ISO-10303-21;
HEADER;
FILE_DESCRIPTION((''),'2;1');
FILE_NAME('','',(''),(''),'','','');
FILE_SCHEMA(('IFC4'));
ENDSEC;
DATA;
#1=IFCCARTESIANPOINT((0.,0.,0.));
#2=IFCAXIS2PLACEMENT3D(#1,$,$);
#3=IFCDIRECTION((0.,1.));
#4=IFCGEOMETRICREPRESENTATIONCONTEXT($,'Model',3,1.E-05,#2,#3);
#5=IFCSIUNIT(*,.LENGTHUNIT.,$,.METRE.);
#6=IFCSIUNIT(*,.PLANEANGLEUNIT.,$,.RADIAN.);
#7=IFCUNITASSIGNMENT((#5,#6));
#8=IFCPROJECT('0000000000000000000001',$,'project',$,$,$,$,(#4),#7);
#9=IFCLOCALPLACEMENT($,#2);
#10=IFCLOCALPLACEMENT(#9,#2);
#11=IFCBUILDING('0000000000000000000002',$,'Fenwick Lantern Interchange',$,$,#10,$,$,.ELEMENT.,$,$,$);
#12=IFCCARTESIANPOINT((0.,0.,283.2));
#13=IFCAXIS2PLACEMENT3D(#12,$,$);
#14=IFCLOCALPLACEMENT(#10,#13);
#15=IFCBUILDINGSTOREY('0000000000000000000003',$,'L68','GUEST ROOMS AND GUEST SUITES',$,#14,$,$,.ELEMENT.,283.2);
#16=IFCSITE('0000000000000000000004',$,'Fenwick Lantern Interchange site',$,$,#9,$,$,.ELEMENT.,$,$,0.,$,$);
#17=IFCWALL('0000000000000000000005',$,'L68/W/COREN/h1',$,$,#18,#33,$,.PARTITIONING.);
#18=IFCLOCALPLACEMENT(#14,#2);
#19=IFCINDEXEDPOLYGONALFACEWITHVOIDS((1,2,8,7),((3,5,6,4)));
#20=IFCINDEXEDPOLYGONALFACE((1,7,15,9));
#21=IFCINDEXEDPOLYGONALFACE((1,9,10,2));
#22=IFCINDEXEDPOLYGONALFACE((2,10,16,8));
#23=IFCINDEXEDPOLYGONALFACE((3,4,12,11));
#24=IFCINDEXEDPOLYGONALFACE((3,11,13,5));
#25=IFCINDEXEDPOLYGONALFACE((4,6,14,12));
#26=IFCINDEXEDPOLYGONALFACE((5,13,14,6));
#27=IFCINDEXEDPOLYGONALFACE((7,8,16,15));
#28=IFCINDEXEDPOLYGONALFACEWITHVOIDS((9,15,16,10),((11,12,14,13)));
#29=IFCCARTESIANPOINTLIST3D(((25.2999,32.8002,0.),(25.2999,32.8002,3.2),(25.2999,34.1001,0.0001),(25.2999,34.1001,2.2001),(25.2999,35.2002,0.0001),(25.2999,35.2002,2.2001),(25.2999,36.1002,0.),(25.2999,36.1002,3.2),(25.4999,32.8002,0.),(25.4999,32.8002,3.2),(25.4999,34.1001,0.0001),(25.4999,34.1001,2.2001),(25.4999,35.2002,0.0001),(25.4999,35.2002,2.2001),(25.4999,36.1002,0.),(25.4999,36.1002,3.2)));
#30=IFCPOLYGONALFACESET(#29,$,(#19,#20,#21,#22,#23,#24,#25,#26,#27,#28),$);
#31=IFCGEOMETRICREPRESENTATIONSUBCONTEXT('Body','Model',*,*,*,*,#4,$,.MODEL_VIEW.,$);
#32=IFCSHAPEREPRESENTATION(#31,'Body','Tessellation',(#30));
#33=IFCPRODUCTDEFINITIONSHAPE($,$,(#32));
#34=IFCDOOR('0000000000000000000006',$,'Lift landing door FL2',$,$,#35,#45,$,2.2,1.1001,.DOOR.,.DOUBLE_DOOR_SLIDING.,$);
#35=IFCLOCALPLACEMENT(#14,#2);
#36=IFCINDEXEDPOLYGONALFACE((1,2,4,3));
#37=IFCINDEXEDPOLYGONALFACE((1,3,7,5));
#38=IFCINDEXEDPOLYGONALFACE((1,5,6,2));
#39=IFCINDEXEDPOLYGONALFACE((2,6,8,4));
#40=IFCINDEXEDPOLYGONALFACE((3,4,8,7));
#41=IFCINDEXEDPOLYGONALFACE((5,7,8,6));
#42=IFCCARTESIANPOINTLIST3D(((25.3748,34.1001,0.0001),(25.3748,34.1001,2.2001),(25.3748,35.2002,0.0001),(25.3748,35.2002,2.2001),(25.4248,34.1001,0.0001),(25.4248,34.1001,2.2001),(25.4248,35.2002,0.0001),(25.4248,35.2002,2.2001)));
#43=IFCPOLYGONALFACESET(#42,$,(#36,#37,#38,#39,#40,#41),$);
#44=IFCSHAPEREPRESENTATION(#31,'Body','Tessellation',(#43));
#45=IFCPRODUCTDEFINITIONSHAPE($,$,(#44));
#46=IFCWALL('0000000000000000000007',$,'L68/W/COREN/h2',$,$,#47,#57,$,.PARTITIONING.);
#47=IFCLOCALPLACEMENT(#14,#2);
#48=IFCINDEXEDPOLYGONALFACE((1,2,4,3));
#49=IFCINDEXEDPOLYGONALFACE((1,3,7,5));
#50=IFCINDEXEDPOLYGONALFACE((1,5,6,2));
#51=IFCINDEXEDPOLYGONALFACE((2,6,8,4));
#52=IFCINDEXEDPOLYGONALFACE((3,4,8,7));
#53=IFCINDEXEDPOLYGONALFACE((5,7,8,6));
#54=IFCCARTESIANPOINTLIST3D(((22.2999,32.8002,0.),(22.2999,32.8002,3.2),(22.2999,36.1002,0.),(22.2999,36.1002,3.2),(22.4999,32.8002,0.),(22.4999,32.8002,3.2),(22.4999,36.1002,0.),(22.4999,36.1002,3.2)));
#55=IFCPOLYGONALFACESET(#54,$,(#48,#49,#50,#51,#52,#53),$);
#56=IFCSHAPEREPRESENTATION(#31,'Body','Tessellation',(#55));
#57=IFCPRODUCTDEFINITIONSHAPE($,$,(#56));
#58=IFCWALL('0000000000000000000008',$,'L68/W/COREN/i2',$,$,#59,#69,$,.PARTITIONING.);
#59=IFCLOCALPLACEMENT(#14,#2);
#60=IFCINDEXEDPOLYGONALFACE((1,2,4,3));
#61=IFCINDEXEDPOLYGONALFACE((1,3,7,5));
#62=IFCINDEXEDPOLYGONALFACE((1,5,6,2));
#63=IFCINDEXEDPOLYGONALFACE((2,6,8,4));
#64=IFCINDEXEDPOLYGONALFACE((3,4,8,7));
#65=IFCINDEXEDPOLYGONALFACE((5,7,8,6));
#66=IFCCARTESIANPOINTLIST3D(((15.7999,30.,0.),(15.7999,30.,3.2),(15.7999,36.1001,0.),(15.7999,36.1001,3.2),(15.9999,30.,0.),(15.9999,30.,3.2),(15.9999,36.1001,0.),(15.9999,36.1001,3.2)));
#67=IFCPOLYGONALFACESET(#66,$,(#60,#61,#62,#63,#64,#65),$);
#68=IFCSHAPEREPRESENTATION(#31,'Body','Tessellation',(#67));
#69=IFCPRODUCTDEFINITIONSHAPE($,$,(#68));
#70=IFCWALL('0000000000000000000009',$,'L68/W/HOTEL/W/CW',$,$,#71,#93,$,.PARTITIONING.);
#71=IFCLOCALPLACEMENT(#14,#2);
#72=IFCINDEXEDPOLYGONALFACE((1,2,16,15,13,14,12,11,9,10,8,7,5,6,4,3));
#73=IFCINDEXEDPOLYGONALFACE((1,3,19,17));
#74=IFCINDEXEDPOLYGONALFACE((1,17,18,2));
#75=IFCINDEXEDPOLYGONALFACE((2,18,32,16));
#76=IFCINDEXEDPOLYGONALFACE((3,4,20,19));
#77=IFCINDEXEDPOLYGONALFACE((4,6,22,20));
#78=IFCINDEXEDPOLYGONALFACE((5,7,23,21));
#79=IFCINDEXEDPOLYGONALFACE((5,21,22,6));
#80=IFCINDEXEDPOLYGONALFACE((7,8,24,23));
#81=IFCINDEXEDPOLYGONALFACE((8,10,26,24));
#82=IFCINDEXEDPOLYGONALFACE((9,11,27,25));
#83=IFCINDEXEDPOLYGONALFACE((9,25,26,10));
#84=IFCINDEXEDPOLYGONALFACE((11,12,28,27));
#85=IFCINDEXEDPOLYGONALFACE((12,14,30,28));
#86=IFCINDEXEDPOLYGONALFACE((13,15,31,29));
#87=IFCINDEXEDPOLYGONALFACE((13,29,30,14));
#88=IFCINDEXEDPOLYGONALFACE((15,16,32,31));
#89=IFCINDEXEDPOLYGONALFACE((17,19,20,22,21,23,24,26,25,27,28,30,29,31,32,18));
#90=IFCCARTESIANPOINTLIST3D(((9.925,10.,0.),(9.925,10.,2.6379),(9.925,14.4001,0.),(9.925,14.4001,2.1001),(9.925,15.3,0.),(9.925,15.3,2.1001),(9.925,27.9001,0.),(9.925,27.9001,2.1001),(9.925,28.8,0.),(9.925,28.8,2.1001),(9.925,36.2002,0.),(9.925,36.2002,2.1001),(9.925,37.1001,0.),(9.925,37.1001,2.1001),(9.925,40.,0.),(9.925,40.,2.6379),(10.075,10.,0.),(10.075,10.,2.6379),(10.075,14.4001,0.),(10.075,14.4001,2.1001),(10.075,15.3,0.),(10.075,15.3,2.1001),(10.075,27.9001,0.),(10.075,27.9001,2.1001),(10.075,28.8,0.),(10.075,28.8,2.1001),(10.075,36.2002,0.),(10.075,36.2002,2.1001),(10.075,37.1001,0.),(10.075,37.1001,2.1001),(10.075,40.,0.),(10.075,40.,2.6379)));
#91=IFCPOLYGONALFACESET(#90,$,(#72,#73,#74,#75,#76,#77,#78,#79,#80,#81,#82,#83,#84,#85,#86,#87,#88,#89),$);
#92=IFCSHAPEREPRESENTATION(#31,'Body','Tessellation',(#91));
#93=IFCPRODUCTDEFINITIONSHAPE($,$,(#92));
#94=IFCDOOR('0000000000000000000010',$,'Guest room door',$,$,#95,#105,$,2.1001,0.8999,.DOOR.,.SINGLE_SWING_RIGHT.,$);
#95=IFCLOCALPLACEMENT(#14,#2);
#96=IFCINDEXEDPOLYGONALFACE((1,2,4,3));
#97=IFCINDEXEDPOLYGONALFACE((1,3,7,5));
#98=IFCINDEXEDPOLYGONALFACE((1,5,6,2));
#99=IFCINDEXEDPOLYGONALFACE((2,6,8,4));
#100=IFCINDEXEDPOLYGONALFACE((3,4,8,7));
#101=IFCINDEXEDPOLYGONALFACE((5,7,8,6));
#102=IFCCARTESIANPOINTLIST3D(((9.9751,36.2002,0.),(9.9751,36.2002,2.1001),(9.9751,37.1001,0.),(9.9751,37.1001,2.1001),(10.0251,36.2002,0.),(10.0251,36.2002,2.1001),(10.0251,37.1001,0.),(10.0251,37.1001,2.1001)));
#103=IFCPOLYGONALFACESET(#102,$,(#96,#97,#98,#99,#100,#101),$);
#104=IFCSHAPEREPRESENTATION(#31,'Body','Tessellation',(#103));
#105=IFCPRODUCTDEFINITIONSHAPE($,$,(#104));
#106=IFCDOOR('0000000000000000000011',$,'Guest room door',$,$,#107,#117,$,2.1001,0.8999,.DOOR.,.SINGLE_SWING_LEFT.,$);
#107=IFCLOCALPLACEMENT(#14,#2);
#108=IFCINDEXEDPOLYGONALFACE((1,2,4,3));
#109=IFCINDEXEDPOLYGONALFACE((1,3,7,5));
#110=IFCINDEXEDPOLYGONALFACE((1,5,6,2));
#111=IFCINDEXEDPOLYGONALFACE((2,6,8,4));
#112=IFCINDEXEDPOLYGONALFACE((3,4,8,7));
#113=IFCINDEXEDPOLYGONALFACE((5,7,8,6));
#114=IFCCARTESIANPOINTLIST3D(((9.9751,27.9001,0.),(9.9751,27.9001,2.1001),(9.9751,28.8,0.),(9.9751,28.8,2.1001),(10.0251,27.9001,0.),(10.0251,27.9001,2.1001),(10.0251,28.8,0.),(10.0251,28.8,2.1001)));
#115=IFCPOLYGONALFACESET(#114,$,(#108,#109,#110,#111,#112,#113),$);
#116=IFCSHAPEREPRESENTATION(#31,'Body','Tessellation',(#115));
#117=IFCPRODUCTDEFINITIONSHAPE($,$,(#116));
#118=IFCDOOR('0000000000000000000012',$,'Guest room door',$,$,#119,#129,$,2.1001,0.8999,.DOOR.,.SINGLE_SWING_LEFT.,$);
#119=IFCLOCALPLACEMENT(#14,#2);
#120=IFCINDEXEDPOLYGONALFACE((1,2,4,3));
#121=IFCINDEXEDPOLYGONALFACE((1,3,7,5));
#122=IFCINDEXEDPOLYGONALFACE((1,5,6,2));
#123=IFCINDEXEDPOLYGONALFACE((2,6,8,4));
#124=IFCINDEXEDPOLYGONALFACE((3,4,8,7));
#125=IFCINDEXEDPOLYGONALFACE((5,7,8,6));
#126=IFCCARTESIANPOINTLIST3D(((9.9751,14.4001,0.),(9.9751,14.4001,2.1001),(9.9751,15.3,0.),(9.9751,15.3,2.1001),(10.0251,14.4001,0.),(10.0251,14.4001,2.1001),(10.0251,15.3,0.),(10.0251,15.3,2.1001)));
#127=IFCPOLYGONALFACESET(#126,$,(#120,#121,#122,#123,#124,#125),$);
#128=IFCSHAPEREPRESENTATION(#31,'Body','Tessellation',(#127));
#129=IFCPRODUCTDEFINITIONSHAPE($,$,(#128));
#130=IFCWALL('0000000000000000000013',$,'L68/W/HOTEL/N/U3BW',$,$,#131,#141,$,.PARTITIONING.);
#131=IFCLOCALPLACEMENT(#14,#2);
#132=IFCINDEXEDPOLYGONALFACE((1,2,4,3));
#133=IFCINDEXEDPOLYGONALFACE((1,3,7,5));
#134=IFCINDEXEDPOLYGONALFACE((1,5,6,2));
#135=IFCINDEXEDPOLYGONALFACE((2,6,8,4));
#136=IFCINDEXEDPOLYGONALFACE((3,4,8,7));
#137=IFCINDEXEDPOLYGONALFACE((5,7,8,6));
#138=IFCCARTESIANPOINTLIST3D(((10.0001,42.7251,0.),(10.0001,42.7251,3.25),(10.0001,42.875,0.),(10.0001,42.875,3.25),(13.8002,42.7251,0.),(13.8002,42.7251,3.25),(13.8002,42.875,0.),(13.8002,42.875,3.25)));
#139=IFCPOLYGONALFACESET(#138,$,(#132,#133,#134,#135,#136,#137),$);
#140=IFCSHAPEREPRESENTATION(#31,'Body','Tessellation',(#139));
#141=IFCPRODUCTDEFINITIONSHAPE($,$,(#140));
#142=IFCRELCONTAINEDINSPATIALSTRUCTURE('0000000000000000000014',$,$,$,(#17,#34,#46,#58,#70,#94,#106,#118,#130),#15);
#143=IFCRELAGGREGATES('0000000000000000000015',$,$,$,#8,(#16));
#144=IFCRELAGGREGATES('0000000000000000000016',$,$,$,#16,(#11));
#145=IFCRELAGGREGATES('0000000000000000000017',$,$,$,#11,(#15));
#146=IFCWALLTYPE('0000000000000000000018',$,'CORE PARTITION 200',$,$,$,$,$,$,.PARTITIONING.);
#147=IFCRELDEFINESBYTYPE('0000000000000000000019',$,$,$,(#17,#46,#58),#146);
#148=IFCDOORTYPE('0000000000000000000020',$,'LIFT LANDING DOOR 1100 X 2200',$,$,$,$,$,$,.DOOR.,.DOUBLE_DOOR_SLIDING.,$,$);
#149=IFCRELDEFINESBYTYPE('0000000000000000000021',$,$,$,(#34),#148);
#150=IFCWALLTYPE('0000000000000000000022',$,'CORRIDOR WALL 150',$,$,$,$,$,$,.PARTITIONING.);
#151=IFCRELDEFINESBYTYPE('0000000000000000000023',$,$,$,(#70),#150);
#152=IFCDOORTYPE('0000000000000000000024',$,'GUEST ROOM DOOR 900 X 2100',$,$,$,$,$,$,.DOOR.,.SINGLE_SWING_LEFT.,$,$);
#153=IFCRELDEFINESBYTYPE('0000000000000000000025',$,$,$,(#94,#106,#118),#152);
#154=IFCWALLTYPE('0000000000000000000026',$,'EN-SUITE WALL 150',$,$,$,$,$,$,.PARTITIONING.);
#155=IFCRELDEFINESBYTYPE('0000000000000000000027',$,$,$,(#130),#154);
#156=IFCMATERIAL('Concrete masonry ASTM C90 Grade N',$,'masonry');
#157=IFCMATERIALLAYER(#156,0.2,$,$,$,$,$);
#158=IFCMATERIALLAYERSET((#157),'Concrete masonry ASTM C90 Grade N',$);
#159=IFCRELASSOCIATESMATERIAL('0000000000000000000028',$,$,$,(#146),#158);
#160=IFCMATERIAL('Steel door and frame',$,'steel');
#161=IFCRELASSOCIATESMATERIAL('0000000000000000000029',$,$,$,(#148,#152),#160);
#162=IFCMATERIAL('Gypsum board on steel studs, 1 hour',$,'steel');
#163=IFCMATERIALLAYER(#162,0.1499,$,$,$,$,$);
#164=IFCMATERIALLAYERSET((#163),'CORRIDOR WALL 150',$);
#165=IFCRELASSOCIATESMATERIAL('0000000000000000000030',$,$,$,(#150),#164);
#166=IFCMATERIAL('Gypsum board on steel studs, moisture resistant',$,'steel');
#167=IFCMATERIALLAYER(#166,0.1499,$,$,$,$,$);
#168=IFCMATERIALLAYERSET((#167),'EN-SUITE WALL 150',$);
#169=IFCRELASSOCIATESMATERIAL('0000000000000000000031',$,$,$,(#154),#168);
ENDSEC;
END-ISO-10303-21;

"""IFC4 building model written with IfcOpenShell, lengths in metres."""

from ifc_helpers import new_model, si_unit, direction, frame, frame_2d, origin, place, context, subcontext, project, spatial, rectangle, extrude, material, layer, layer_set, type_object, element, fill, save


model = new_model("IFC4")

# Units and contexts
model_context = context("Model", 3, precision=1e-05, world=origin(), true_north=direction((0.0, 1.0)))
body_context = subcontext(model_context, "Body", "Model", "MODEL_VIEW")
ifc_project = project(units=[si_unit("LENGTHUNIT", "METRE"), si_unit("PLANEANGLEUNIT", "RADIAN")], contexts=[model_context])

# Site, building, storey
site_placement = place(None, origin())
site = spatial("IfcSite", under=ifc_project, at=site_placement, Name="Fenwick Lantern Interchange site", CompositionType="ELEMENT", RefElevation=0.0)
building_placement = place(site_placement, origin())
building = spatial("IfcBuilding", under=site, at=building_placement, Name="Fenwick Lantern Interchange", CompositionType="ELEMENT")
storey_placement = place(building_placement, frame((0.0, 0.0, 283.2)))
storey = spatial("IfcBuildingStorey", under=building, at=storey_placement, Name="L68", Description="GUEST ROOMS AND GUEST SUITES", CompositionType="ELEMENT", Elevation=283.2)

# Wall, opening, door
ifc_material_1 = material(Name="Concrete masonry ASTM C90 Grade N", Category="masonry")
ifc_layer_1 = layer(ifc_material_1, 0.2)
ifc_layer_set_1 = layer_set([ifc_layer_1], Name="Concrete masonry ASTM C90 Grade N")
wall_type_1 = type_object("IfcWallType", Name="CORE PARTITION 200", PredefinedType="PARTITIONING", material=ifc_layer_set_1)
wall_1_placement = place(storey_placement, frame((25.3999, 36.1001, 0.0), z_axis=(0.0, 0.0, 1.0), x_axis=(0.0, -1.0, 0.0)))
wall_1 = element("IfcWall", 1, at=wall_1_placement, inside=storey, type_object=wall_type_1, Name="L68/W/COREN/h1", PredefinedType="PARTITIONING", context=body_context, shape_type="SweptSolid", body=[
    extrude(rectangle(XDim=3.3, YDim=0.2, at=frame_2d((1.6499, 0.0))), origin(), (0.0, 0.0, 1.0), 3.2),
])
opening_1_placement = place(wall_1_placement, frame((0.8999, 0.0, 0.0)))
opening_1 = element("IfcOpeningElement", 2, at=opening_1_placement, cuts=wall_1, PredefinedType="OPENING", context=body_context, shape_type="SweptSolid", body=[
    extrude(rectangle(XDim=1.1001, YDim=2.2, at=frame_2d((0.55, 1.1001))), frame((0.0, 0.1099, 0.0), z_axis=(0.0, -1.0, 0.0), x_axis=(1.0, 0.0, 0.0)), (0.0, 0.0, 1.0), 0.22),
])
ifc_material_2 = material(Name="Steel door and frame", Category="steel")
door_type_1 = type_object("IfcDoorType", Name="LIFT LANDING DOOR 1100 X 2200", OperationType="DOUBLE_DOOR_SLIDING", PredefinedType="DOOR", material=ifc_material_2)
door_1_placement = place(opening_1_placement, origin())
door_1 = element("IfcDoor", 3, at=door_1_placement, inside=storey, type_object=door_type_1, Name="Lift landing door FL2", OperationType="DOUBLE_DOOR_SLIDING", OverallHeight=2.2, OverallWidth=1.1001, PredefinedType="DOOR", context=body_context, shape_type="SweptSolid", body=[
    extrude(rectangle(XDim=1.1001, YDim=2.2, at=frame_2d((0.55, 1.1001))), frame((0.0, 0.0249, 0.0), z_axis=(0.0, -1.0, 0.0), x_axis=(1.0, 0.0, 0.0)), (0.0, 0.0, 1.0), 0.05),
])
fill(opening_1, door_1)

# Walls
wall_2_placement = place(storey_placement, frame((22.3999, 36.1001, 0.0), z_axis=(0.0, 0.0, 1.0), x_axis=(0.0, -1.0, 0.0)))
element("IfcWall", 4, at=wall_2_placement, inside=storey, type_object=wall_type_1, Name="L68/W/COREN/h2", PredefinedType="PARTITIONING", context=body_context, shape_type="SweptSolid", body=[
    extrude(rectangle(XDim=3.3, YDim=0.2, at=frame_2d((1.6499, 0.0))), origin(), (0.0, 0.0, 1.0), 3.2),
])
wall_3_placement = place(storey_placement, frame((15.8999, 36.1001, 0.0), z_axis=(0.0, 0.0, 1.0), x_axis=(0.0, -1.0, 0.0)))
element("IfcWall", 5, at=wall_3_placement, inside=storey, type_object=wall_type_1, Name="L68/W/COREN/i2", PredefinedType="PARTITIONING", context=body_context, shape_type="SweptSolid", body=[
    extrude(rectangle(XDim=6.1001, YDim=0.2, at=frame_2d((3.05, 0.0))), origin(), (0.0, 0.0, 1.0), 3.2),
])

# Wall, openings, doors
ifc_material_3 = material(Name="Gypsum board on steel studs, 1 hour", Category="steel")
ifc_layer_2 = layer(ifc_material_3, 0.1499)
ifc_layer_set_2 = layer_set([ifc_layer_2], Name="CORRIDOR WALL 150")
wall_type_2 = type_object("IfcWallType", Name="CORRIDOR WALL 150", PredefinedType="PARTITIONING", material=ifc_layer_set_2)
wall_4_placement = place(storey_placement, frame((10.0, 40.0, 0.0), z_axis=(0.0, 0.0, 1.0), x_axis=(0.0, -1.0, 0.0)))
wall_4 = element("IfcWall", 6, at=wall_4_placement, inside=storey, type_object=wall_type_2, Name="L68/W/HOTEL/W/CW", PredefinedType="PARTITIONING", context=body_context, shape_type="SweptSolid", body=[
    extrude(rectangle(XDim=30.0, YDim=0.1499, at=frame_2d((15.0, 0.0))), origin(), (0.0, 0.0, 1.0), 2.6379),
])
opening_2_placement = place(wall_4_placement, frame((2.8999, 0.0, 0.0)))
opening_2 = element("IfcOpeningElement", 7, at=opening_2_placement, cuts=wall_4, PredefinedType="OPENING", context=body_context, shape_type="SweptSolid", body=[
    extrude(rectangle(XDim=0.8999, YDim=2.1001, at=frame_2d((0.45, 1.05))), frame((0.0, 0.085, 0.0), z_axis=(0.0, -1.0, 0.0), x_axis=(1.0, 0.0, 0.0)), (0.0, 0.0, 1.0), 0.1699),
])
opening_3_placement = place(wall_4_placement, frame((11.2, 0.0, 0.0)))
opening_3 = element("IfcOpeningElement", 8, at=opening_3_placement, cuts=wall_4, PredefinedType="OPENING", context=body_context, shape_type="SweptSolid", body=[
    extrude(rectangle(XDim=0.8999, YDim=2.1001, at=frame_2d((0.45, 1.05))), frame((0.0, 0.085, 0.0), z_axis=(0.0, -1.0, 0.0), x_axis=(1.0, 0.0, 0.0)), (0.0, 0.0, 1.0), 0.1699),
])
opening_4_placement = place(wall_4_placement, frame((24.7, 0.0, 0.0)))
opening_4 = element("IfcOpeningElement", 9, at=opening_4_placement, cuts=wall_4, PredefinedType="OPENING", context=body_context, shape_type="SweptSolid", body=[
    extrude(rectangle(XDim=0.8999, YDim=2.1001, at=frame_2d((0.45, 1.05))), frame((0.0, 0.085, 0.0), z_axis=(0.0, -1.0, 0.0), x_axis=(1.0, 0.0, 0.0)), (0.0, 0.0, 1.0), 0.1699),
])
door_type_2 = type_object("IfcDoorType", Name="GUEST ROOM DOOR 900 X 2100", OperationType="SINGLE_SWING_LEFT", PredefinedType="DOOR", material=ifc_material_2)
door_2_placement = place(opening_2_placement, frame((0.8999, 0.0, 0.0), z_axis=(0.0, 0.0, 1.0), x_axis=(-1.0, 0.0, 0.0)))
door_2 = element("IfcDoor", 10, at=door_2_placement, inside=storey, type_object=door_type_2, Name="Guest room door", OperationType="SINGLE_SWING_RIGHT", OverallHeight=2.1001, OverallWidth=0.8999, PredefinedType="DOOR", context=body_context, shape_type="SweptSolid", body=[
    extrude(rectangle(XDim=0.8999, YDim=2.1001, at=frame_2d((0.45, 1.05))), frame((0.0, 0.0249, 0.0), z_axis=(0.0, -1.0, 0.0), x_axis=(1.0, 0.0, 0.0)), (0.0, 0.0, 1.0), 0.05),
])
fill(opening_2, door_2)
door_3_placement = place(opening_3_placement, frame((0.8999, 0.0, 0.0), z_axis=(0.0, 0.0, 1.0), x_axis=(-1.0, 0.0, 0.0)))
door_3 = element("IfcDoor", 11, at=door_3_placement, inside=storey, type_object=door_type_2, Name="Guest room door", OperationType="SINGLE_SWING_LEFT", OverallHeight=2.1001, OverallWidth=0.8999, PredefinedType="DOOR", context=body_context, shape_type="SweptSolid", body=[
    extrude(rectangle(XDim=0.8999, YDim=2.1001, at=frame_2d((0.45, 1.05))), frame((0.0, 0.0249, 0.0), z_axis=(0.0, -1.0, 0.0), x_axis=(1.0, 0.0, 0.0)), (0.0, 0.0, 1.0), 0.05),
])
fill(opening_3, door_3)
door_4_placement = place(opening_4_placement, frame((0.8999, 0.0, 0.0), z_axis=(0.0, 0.0, 1.0), x_axis=(-1.0, 0.0, 0.0)))
door_4 = element("IfcDoor", 12, at=door_4_placement, inside=storey, type_object=door_type_2, Name="Guest room door", OperationType="SINGLE_SWING_LEFT", OverallHeight=2.1001, OverallWidth=0.8999, PredefinedType="DOOR", context=body_context, shape_type="SweptSolid", body=[
    extrude(rectangle(XDim=0.8999, YDim=2.1001, at=frame_2d((0.45, 1.05))), frame((0.0, 0.0249, 0.0), z_axis=(0.0, -1.0, 0.0), x_axis=(1.0, 0.0, 0.0)), (0.0, 0.0, 1.0), 0.05),
])
fill(opening_4, door_4)

# Wall
ifc_material_4 = material(Name="Gypsum board on steel studs, moisture resistant", Category="steel")
ifc_layer_3 = layer(ifc_material_4, 0.1499)
ifc_layer_set_3 = layer_set([ifc_layer_3], Name="EN-SUITE WALL 150")
wall_type_3 = type_object("IfcWallType", Name="EN-SUITE WALL 150", PredefinedType="PARTITIONING", material=ifc_layer_set_3)
wall_5_placement = place(storey_placement, frame((13.8, 42.8, 0.0), z_axis=(0.0, 0.0, 1.0), x_axis=(-1.0, 0.0, 0.0)))
element("IfcWall", 13, at=wall_5_placement, inside=storey, type_object=wall_type_3, Name="L68/W/HOTEL/N/U3BW", PredefinedType="PARTITIONING", context=body_context, shape_type="SweptSolid", body=[
    extrude(rectangle(XDim=3.8, YDim=0.1499, at=frame_2d((1.8999, 0.0))), origin(), (0.0, 0.0, 1.0), 3.25),
])

save(model, "model.ifc")
